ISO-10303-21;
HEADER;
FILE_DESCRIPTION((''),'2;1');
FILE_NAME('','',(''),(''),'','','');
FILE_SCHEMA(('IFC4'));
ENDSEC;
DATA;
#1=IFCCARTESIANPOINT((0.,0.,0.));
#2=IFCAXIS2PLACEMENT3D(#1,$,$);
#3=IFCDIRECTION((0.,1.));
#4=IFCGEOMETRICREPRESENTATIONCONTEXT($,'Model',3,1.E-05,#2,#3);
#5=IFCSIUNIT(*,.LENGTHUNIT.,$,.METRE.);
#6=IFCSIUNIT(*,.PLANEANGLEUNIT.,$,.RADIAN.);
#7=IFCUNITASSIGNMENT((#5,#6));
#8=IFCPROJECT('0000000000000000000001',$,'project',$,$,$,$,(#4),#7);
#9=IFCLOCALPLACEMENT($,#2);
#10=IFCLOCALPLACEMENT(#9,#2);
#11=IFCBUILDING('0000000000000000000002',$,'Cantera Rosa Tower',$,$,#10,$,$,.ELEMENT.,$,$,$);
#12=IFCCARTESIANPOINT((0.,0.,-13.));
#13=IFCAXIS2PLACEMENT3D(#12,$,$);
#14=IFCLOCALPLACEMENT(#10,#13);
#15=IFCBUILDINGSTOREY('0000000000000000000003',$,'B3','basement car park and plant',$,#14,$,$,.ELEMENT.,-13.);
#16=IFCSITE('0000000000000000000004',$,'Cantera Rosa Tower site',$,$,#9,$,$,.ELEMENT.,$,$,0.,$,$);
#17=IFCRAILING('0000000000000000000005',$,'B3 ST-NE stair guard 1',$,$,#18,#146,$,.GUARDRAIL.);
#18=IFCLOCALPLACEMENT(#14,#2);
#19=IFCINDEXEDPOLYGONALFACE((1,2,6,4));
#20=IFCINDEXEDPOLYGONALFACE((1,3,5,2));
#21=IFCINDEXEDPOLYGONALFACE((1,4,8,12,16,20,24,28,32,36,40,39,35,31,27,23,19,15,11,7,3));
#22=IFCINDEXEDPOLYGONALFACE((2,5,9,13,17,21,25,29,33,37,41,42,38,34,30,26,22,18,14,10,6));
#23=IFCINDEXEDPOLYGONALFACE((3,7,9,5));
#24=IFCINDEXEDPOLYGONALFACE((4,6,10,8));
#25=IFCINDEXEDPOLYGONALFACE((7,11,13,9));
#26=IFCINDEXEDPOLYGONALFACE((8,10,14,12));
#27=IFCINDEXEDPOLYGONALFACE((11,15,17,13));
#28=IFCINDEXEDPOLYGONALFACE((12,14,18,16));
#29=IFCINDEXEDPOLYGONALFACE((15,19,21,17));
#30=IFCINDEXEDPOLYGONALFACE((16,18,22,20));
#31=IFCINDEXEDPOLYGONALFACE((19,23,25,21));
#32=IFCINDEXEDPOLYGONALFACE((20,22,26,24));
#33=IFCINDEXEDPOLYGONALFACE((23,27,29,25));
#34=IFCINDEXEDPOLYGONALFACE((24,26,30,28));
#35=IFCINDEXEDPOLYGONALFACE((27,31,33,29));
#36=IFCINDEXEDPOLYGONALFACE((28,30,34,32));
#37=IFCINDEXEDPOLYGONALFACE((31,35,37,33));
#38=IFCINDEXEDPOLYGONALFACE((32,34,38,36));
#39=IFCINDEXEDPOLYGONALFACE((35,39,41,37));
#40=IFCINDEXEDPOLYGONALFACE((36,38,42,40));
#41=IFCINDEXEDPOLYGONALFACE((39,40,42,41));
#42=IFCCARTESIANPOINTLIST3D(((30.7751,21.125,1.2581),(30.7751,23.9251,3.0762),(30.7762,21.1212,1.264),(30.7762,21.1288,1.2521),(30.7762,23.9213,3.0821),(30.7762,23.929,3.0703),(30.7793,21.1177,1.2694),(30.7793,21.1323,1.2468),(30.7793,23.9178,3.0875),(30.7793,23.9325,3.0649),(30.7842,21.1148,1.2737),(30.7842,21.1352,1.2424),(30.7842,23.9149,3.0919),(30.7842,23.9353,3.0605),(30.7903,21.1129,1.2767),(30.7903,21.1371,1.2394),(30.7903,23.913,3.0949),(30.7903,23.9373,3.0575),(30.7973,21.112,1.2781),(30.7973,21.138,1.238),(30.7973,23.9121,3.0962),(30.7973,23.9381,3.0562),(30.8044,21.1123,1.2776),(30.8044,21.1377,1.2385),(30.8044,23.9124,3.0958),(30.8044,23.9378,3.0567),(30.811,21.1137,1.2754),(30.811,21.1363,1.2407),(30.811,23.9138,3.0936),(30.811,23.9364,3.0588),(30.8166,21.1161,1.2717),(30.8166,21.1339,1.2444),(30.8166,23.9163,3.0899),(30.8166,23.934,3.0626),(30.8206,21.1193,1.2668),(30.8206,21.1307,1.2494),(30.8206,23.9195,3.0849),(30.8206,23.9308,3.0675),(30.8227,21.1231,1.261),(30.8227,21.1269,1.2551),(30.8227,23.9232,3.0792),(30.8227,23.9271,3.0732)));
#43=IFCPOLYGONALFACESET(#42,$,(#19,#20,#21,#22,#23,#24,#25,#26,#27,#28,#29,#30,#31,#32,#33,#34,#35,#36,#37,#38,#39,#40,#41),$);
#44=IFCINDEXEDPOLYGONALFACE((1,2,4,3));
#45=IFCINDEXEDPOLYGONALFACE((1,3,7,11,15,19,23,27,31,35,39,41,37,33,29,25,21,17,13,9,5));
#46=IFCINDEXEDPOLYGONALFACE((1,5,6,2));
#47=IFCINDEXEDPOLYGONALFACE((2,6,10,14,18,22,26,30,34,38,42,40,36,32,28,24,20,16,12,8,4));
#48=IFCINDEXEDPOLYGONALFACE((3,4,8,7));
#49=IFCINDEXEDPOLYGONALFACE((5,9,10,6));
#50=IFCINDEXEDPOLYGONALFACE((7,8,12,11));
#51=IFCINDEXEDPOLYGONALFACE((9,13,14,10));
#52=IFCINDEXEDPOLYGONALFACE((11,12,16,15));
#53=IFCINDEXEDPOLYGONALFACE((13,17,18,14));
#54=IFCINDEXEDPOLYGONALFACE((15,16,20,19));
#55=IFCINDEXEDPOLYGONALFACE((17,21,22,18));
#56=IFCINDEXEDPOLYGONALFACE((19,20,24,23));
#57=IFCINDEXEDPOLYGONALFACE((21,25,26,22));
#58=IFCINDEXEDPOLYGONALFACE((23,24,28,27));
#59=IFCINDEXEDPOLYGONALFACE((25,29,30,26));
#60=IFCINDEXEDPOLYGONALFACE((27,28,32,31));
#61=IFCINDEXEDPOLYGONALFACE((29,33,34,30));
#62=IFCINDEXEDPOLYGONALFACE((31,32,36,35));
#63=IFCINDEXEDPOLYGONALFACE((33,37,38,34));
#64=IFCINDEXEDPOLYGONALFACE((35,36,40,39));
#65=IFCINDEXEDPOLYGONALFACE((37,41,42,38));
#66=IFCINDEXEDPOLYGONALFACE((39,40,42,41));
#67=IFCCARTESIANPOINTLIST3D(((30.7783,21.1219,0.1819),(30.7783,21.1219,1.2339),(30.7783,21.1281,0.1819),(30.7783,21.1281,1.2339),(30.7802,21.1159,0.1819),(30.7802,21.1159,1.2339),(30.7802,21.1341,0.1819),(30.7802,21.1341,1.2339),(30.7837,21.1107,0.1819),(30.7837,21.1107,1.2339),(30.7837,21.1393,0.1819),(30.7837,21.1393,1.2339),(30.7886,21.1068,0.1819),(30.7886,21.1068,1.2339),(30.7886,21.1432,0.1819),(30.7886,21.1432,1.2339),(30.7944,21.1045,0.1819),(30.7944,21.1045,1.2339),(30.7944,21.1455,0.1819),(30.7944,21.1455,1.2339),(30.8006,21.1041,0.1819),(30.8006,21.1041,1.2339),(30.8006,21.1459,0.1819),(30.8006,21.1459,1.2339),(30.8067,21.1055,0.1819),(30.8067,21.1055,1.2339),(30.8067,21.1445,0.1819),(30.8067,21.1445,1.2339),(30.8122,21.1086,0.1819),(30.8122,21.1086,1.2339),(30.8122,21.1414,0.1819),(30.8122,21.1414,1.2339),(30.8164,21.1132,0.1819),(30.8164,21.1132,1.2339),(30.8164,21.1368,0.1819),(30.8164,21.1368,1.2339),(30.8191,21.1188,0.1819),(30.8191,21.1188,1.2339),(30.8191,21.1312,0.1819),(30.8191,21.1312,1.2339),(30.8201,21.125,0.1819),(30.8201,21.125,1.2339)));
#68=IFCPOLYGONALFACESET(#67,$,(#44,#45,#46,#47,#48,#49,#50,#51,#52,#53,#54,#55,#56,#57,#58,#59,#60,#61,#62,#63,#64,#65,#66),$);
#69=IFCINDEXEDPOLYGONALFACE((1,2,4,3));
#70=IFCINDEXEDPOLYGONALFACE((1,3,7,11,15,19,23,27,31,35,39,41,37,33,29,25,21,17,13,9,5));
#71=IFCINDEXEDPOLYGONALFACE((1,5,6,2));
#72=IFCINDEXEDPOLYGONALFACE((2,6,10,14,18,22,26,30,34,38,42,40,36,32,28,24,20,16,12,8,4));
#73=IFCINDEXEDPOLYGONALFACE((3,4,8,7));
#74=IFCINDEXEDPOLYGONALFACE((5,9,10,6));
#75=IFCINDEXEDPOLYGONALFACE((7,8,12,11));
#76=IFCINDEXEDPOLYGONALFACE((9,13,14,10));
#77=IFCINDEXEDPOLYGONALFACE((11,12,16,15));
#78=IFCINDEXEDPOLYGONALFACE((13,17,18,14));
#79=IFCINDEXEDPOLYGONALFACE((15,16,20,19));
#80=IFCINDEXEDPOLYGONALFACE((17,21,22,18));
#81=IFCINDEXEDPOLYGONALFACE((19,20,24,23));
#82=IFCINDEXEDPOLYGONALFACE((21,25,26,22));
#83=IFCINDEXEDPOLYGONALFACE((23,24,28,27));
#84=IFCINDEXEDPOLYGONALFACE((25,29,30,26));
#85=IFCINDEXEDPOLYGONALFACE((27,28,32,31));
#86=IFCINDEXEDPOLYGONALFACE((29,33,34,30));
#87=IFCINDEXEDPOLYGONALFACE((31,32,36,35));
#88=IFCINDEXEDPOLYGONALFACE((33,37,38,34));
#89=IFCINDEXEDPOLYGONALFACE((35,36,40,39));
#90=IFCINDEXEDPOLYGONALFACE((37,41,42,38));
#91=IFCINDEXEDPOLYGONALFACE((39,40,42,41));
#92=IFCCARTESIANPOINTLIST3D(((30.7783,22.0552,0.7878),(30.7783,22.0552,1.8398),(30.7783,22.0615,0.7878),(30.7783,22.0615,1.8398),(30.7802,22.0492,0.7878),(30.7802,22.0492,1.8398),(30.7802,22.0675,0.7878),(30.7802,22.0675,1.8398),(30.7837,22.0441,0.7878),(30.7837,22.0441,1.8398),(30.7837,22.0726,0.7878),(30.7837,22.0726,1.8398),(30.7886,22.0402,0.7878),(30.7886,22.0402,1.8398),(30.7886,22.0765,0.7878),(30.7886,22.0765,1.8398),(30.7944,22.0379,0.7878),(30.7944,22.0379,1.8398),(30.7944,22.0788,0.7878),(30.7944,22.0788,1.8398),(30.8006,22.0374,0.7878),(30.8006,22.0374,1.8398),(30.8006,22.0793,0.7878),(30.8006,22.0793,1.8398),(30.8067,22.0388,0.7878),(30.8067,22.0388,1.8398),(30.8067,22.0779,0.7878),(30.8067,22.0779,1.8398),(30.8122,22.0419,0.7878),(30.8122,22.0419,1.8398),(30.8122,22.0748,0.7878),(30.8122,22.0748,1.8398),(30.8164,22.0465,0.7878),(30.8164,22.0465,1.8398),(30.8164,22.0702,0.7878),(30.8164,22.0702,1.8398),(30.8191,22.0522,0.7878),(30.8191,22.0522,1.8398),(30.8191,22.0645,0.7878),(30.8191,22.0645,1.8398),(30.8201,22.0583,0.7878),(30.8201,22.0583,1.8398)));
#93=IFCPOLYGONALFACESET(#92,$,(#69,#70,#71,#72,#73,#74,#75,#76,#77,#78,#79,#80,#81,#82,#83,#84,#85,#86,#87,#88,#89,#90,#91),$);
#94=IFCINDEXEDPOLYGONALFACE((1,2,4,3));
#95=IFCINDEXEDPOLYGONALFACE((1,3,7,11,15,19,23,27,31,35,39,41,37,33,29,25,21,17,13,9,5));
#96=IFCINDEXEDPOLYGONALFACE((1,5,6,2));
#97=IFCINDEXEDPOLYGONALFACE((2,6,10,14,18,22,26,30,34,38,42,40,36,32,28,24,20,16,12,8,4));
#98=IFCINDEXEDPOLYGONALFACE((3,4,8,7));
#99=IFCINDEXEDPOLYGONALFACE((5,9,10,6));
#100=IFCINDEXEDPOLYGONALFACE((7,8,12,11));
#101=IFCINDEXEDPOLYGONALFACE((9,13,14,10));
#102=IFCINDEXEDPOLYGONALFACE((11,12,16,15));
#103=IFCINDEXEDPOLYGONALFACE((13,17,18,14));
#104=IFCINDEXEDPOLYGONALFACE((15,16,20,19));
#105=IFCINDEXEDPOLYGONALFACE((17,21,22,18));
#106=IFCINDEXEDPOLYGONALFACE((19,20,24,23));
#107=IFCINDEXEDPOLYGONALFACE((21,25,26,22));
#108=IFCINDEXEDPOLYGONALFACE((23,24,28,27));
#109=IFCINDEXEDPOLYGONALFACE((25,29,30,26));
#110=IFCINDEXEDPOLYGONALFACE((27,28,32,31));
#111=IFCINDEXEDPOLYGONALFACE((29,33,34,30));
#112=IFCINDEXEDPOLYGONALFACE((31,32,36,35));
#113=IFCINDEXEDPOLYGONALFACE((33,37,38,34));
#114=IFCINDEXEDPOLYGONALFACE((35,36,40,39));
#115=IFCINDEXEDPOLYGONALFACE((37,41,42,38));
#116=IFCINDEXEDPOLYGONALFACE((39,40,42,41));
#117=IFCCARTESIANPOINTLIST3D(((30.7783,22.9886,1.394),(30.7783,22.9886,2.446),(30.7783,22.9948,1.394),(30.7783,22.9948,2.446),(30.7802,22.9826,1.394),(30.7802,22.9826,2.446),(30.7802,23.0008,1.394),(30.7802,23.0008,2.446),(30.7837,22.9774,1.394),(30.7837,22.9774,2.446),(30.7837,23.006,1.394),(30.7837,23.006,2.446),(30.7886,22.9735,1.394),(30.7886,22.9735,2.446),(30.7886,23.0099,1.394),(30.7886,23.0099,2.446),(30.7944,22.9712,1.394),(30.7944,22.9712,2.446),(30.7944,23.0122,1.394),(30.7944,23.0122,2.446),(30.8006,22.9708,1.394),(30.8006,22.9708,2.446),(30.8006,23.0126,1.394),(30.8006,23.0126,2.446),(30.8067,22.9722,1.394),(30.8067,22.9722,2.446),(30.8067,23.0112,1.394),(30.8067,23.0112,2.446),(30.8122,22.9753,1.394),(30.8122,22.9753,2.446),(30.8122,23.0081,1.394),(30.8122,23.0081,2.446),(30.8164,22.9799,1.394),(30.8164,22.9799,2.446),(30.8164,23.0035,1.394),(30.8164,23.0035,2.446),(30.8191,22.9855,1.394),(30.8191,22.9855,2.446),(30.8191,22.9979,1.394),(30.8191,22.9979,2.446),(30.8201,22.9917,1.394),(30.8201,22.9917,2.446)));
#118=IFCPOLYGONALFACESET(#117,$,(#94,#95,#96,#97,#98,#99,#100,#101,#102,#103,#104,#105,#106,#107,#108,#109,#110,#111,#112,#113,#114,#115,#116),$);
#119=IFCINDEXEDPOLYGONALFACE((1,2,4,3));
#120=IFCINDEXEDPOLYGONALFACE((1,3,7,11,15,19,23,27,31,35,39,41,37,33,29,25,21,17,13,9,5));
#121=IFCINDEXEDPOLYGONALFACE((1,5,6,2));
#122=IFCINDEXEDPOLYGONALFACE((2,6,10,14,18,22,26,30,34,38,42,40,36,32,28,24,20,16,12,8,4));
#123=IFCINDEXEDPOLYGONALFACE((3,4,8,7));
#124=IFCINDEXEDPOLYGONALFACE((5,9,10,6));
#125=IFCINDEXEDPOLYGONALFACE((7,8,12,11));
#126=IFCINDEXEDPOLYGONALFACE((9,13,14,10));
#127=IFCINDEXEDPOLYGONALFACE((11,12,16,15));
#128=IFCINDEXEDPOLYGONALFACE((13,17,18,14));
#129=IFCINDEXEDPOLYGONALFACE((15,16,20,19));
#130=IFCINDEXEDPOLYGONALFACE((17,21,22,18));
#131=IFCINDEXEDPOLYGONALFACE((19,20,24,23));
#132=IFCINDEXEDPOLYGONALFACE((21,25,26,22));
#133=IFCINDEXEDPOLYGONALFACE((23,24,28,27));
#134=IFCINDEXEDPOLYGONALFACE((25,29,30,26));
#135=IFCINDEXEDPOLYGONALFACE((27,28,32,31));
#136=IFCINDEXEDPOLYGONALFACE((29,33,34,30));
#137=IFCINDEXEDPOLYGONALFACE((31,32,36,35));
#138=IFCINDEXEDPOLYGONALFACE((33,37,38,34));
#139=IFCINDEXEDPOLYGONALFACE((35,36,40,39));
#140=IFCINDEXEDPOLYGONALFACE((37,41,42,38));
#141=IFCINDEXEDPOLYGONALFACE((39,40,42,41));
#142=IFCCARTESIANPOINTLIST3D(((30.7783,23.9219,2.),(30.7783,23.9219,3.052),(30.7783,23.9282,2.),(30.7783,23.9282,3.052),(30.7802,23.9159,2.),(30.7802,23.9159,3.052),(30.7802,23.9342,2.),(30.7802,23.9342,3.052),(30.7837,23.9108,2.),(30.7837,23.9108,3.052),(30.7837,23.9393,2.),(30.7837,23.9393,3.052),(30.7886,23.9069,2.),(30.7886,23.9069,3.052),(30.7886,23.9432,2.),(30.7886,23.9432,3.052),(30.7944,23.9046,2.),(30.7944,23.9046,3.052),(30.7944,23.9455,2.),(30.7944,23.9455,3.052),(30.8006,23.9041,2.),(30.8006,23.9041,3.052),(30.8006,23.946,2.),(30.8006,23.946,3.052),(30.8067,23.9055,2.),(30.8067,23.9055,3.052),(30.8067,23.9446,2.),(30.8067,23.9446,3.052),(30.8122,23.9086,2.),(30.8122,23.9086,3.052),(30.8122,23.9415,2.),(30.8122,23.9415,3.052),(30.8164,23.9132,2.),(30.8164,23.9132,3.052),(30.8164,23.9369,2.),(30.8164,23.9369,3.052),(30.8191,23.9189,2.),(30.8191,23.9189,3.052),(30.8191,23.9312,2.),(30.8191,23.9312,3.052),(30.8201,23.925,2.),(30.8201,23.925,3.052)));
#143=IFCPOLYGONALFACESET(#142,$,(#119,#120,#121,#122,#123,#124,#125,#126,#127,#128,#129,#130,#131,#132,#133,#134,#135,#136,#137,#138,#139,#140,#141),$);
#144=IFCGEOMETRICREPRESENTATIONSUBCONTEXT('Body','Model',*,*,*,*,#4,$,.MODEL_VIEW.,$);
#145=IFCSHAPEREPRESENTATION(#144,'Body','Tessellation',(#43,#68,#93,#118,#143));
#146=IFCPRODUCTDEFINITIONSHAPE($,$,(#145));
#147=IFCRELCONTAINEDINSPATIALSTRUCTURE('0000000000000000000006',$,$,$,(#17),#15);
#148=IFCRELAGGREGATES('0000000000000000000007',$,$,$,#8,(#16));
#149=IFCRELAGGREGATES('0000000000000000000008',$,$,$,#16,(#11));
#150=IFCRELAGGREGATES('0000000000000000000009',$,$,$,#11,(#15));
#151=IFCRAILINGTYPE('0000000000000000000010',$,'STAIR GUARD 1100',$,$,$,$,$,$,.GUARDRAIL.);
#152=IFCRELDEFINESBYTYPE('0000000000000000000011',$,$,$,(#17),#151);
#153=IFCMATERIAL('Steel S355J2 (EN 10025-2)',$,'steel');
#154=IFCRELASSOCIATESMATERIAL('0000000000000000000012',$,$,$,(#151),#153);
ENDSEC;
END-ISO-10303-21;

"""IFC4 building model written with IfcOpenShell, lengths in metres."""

from ifc_helpers import new_model, si_unit, direction, frame, origin, origin_2d, place, context, subcontext, project, spatial, circle, extrude, material, type_object, element, save


model = new_model("IFC4")

# Units and contexts
model_context = context("Model", 3, precision=1e-05, world=origin(), true_north=direction((0.0, 1.0)))
body_context = subcontext(model_context, "Body", "Model", "MODEL_VIEW")
ifc_project = project(units=[si_unit("LENGTHUNIT", "METRE"), si_unit("PLANEANGLEUNIT", "RADIAN")], contexts=[model_context])

# Site, building, storey
site_placement = place(None, origin())
site = spatial("IfcSite", under=ifc_project, at=site_placement, Name="Cantera Rosa Tower site", CompositionType="ELEMENT", RefElevation=0.0)
building_placement = place(site_placement, origin())
building = spatial("IfcBuilding", under=site, at=building_placement, Name="Cantera Rosa Tower", CompositionType="ELEMENT")
storey_placement = place(building_placement, frame((0.0, 0.0, -13.0)))
storey = spatial("IfcBuildingStorey", under=building, at=storey_placement, Name="B3", Description="basement car park and plant", CompositionType="ELEMENT", Elevation=-13.0)

# Railing
ifc_material_1 = material(Name="Steel S355J2 (EN 10025-2)", Category="steel")
railing_type_1 = type_object("IfcRailingType", Name="STAIR GUARD 1100", PredefinedType="GUARDRAIL", material=ifc_material_1)
railing_1_placement = place(storey_placement, frame((30.7991, 21.125, 0.1819)))
element("IfcRailing", 1, at=railing_1_placement, inside=storey, type_object=railing_type_1, Name="B3 ST-NE stair guard 1", PredefinedType="GUARDRAIL", context=body_context, shape_type="SweptSolid", body=[
    extrude(circle(Radius=0.0239, at=origin_2d()), frame((0.0, 0.0, 1.0762), z_axis=(0.0, 0.838706, 0.544585), x_axis=(-1.0, 0.0, 0.0)), (0.0, 0.0, 1.0), 3.3386),
    extrude(circle(Radius=0.021, at=origin_2d()), origin(), (0.0, 0.0, 1.0), 1.052),
    extrude(circle(Radius=0.021, at=origin_2d()), frame((0.0, 0.9333, 0.606)), (0.0, 0.0, 1.0), 1.052),
    extrude(circle(Radius=0.021, at=origin_2d()), frame((0.0, 1.8667, 1.2122)), (0.0, 0.0, 1.0), 1.052),
    extrude(circle(Radius=0.021, at=origin_2d()), frame((0.0, 2.8, 1.8181)), (0.0, 0.0, 1.0), 1.052),
])

save(model, "model.ifc")
